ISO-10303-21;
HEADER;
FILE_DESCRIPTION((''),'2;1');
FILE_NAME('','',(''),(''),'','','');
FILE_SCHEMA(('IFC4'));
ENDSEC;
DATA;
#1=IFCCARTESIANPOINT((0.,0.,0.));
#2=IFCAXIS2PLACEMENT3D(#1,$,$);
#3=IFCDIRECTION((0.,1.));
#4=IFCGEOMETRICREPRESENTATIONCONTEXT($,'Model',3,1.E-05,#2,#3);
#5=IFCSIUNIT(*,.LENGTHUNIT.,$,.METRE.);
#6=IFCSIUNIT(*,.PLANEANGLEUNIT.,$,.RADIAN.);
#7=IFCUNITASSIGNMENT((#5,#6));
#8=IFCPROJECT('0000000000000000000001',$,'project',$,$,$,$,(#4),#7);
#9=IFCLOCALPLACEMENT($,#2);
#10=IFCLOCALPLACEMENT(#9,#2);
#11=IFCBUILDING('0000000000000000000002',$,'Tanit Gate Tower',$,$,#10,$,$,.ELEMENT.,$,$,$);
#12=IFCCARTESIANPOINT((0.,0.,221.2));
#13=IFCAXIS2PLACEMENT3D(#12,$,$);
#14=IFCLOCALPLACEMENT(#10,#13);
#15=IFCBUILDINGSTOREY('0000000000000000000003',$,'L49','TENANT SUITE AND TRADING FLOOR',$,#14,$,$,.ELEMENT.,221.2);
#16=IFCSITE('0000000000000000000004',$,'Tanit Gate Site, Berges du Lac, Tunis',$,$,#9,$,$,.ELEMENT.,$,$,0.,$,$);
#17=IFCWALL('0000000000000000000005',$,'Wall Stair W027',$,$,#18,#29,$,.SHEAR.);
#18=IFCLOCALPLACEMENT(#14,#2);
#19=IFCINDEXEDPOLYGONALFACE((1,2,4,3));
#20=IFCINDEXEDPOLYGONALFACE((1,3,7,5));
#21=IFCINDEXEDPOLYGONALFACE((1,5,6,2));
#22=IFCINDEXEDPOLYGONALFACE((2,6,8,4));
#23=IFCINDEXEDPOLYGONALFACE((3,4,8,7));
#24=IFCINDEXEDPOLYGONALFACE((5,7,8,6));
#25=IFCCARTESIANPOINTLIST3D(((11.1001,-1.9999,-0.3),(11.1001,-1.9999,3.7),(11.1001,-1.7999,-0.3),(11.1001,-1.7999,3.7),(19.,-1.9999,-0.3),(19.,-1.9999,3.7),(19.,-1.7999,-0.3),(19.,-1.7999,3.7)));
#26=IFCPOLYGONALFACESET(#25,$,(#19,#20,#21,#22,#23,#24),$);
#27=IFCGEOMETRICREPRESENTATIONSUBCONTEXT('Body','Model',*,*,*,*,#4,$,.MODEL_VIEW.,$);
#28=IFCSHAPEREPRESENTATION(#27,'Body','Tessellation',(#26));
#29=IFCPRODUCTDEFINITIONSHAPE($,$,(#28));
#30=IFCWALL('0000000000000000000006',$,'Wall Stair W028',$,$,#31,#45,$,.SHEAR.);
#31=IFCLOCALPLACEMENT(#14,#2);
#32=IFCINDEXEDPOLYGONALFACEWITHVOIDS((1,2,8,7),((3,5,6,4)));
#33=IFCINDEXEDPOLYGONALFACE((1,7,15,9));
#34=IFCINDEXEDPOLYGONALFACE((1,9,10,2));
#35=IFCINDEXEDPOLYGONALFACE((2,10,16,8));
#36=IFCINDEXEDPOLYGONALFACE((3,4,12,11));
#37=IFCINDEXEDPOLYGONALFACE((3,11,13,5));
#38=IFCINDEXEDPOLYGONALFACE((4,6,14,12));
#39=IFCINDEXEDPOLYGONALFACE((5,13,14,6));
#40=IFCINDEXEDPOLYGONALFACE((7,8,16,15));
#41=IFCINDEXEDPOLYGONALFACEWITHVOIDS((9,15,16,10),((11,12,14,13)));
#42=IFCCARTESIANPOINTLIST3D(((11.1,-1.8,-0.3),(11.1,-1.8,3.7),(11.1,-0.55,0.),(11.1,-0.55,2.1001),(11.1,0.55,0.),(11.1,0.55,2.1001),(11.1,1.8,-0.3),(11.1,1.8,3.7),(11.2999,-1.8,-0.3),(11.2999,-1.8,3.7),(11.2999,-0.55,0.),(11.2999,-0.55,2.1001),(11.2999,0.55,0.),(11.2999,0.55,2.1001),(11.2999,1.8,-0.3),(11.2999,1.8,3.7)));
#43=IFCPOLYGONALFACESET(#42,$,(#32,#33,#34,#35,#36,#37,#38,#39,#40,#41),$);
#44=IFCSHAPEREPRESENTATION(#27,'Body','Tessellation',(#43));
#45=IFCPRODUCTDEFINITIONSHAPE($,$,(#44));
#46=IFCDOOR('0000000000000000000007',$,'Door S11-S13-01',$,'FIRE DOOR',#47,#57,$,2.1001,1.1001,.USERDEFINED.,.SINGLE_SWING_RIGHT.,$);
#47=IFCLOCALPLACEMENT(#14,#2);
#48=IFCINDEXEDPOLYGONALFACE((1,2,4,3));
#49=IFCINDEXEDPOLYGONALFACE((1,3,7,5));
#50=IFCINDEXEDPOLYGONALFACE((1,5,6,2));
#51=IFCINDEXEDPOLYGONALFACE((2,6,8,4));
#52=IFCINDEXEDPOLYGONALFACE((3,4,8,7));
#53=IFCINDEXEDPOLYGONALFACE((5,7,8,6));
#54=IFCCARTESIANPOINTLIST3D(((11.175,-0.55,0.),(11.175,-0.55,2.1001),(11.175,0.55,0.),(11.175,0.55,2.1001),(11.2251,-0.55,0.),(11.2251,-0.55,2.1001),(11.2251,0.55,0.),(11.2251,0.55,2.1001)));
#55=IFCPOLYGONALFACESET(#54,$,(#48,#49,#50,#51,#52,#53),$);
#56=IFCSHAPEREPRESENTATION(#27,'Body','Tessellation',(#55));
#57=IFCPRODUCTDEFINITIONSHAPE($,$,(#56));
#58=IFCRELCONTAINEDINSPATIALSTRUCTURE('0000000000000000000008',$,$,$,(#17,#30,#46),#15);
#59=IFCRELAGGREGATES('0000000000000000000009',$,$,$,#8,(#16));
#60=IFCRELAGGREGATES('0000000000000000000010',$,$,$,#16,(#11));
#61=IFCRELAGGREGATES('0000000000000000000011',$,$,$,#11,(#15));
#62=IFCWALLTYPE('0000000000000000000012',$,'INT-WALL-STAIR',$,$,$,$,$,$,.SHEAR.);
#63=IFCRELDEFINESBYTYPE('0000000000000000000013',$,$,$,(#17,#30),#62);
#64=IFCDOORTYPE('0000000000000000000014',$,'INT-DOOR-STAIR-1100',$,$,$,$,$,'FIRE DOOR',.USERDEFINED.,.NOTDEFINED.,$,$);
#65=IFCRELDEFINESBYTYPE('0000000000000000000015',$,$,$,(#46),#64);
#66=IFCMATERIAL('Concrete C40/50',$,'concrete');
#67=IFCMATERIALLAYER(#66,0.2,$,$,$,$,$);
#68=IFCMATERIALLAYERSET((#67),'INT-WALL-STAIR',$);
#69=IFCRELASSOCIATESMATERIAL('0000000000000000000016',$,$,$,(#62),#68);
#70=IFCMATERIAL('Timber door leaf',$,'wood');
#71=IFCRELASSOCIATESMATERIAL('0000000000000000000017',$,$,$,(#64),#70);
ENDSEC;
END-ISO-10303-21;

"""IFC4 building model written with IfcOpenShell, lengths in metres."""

from ifc_helpers import new_model, si_unit, direction, frame, frame_2d, origin, place, context, subcontext, project, spatial, rectangle, extrude, material, layer, layer_set, type_object, element, fill, save


model = new_model("IFC4")

# Units and contexts
model_context = context("Model", 3, precision=1e-05, world=origin(), true_north=direction((0.0, 1.0)))
body_context = subcontext(model_context, "Body", "Model", "MODEL_VIEW")
ifc_project = project(units=[si_unit("LENGTHUNIT", "METRE"), si_unit("PLANEANGLEUNIT", "RADIAN")], contexts=[model_context])

# Site, building, storey
site_placement = place(None, origin())
site = spatial("IfcSite", under=ifc_project, at=site_placement, Name="Tanit Gate Site, Berges du Lac, Tunis", CompositionType="ELEMENT", RefElevation=0.0)
building_placement = place(site_placement, origin())
building = spatial("IfcBuilding", under=site, at=building_placement, Name="Tanit Gate Tower", CompositionType="ELEMENT")
storey_placement = place(building_placement, frame((0.0, 0.0, 221.2)))
storey = spatial("IfcBuildingStorey", under=building, at=storey_placement, Name="L49", Description="TENANT SUITE AND TRADING FLOOR", CompositionType="ELEMENT", Elevation=221.2)

# Wall
ifc_material_1 = material(Name="Concrete C40/50", Category="concrete")
ifc_layer_1 = layer(ifc_material_1, 0.2)
ifc_layer_set_1 = layer_set([ifc_layer_1], Name="INT-WALL-STAIR")
wall_type_1 = type_object("IfcWallType", Name="INT-WALL-STAIR", PredefinedType="SHEAR", material=ifc_layer_set_1)
wall_1_placement = place(storey_placement, frame((11.1001, -1.8999, -0.3), z_axis=(0.0, 0.0, 1.0), x_axis=(1.0, 0.0, 0.0)))
element("IfcWall", 1, at=wall_1_placement, inside=storey, type_object=wall_type_1, Name="Wall Stair W027", PredefinedType="SHEAR", context=body_context, shape_type="SweptSolid", body=[
    extrude(rectangle(XDim=7.8999, YDim=0.2, at=frame_2d((3.95, 0.0))), origin(), (0.0, 0.0, 1.0), 4.0),
])

# Wall, opening, door
wall_2_placement = place(storey_placement, frame((11.2, -1.8, -0.3), z_axis=(0.0, 0.0, 1.0), x_axis=(0.0, 1.0, 0.0)))
wall_2 = element("IfcWall", 2, at=wall_2_placement, inside=storey, type_object=wall_type_1, Name="Wall Stair W028", PredefinedType="SHEAR", context=body_context, shape_type="SweptSolid", body=[
    extrude(rectangle(XDim=3.6001, YDim=0.2, at=frame_2d((1.8, 0.0))), origin(), (0.0, 0.0, 1.0), 4.0),
])
opening_1_placement = place(wall_2_placement, frame((1.25, 0.0, 0.3)))
opening_1 = element("IfcOpeningElement", 3, at=opening_1_placement, cuts=wall_2, PredefinedType="OPENING", context=body_context, shape_type="SweptSolid", body=[
    extrude(rectangle(XDim=1.1001, YDim=2.1001, at=frame_2d((0.55, 1.05))), frame((0.0, 0.1099, 0.0), z_axis=(0.0, -1.0, 0.0), x_axis=(1.0, 0.0, 0.0)), (0.0, 0.0, 1.0), 0.22),
])
ifc_material_2 = material(Name="Timber door leaf", Category="wood")
door_type_1 = type_object("IfcDoorType", Name="INT-DOOR-STAIR-1100", ElementType="FIRE DOOR", OperationType="NOTDEFINED", PredefinedType="USERDEFINED", material=ifc_material_2)
door_1_placement = place(opening_1_placement, origin())
door_1 = element("IfcDoor", 4, at=door_1_placement, inside=storey, type_object=door_type_1, Name="Door S11-S13-01", ObjectType="FIRE DOOR", OperationType="SINGLE_SWING_RIGHT", OverallHeight=2.1001, OverallWidth=1.1001, PredefinedType="USERDEFINED", context=body_context, shape_type="SweptSolid", body=[
    extrude(rectangle(XDim=1.1001, YDim=2.1001, at=frame_2d((0.55, 1.05))), frame((0.0, 0.0249, 0.0), z_axis=(0.0, -1.0, 0.0), x_axis=(1.0, 0.0, 0.0)), (0.0, 0.0, 1.0), 0.05),
])
fill(opening_1, door_1)

save(model, "model.ifc")
